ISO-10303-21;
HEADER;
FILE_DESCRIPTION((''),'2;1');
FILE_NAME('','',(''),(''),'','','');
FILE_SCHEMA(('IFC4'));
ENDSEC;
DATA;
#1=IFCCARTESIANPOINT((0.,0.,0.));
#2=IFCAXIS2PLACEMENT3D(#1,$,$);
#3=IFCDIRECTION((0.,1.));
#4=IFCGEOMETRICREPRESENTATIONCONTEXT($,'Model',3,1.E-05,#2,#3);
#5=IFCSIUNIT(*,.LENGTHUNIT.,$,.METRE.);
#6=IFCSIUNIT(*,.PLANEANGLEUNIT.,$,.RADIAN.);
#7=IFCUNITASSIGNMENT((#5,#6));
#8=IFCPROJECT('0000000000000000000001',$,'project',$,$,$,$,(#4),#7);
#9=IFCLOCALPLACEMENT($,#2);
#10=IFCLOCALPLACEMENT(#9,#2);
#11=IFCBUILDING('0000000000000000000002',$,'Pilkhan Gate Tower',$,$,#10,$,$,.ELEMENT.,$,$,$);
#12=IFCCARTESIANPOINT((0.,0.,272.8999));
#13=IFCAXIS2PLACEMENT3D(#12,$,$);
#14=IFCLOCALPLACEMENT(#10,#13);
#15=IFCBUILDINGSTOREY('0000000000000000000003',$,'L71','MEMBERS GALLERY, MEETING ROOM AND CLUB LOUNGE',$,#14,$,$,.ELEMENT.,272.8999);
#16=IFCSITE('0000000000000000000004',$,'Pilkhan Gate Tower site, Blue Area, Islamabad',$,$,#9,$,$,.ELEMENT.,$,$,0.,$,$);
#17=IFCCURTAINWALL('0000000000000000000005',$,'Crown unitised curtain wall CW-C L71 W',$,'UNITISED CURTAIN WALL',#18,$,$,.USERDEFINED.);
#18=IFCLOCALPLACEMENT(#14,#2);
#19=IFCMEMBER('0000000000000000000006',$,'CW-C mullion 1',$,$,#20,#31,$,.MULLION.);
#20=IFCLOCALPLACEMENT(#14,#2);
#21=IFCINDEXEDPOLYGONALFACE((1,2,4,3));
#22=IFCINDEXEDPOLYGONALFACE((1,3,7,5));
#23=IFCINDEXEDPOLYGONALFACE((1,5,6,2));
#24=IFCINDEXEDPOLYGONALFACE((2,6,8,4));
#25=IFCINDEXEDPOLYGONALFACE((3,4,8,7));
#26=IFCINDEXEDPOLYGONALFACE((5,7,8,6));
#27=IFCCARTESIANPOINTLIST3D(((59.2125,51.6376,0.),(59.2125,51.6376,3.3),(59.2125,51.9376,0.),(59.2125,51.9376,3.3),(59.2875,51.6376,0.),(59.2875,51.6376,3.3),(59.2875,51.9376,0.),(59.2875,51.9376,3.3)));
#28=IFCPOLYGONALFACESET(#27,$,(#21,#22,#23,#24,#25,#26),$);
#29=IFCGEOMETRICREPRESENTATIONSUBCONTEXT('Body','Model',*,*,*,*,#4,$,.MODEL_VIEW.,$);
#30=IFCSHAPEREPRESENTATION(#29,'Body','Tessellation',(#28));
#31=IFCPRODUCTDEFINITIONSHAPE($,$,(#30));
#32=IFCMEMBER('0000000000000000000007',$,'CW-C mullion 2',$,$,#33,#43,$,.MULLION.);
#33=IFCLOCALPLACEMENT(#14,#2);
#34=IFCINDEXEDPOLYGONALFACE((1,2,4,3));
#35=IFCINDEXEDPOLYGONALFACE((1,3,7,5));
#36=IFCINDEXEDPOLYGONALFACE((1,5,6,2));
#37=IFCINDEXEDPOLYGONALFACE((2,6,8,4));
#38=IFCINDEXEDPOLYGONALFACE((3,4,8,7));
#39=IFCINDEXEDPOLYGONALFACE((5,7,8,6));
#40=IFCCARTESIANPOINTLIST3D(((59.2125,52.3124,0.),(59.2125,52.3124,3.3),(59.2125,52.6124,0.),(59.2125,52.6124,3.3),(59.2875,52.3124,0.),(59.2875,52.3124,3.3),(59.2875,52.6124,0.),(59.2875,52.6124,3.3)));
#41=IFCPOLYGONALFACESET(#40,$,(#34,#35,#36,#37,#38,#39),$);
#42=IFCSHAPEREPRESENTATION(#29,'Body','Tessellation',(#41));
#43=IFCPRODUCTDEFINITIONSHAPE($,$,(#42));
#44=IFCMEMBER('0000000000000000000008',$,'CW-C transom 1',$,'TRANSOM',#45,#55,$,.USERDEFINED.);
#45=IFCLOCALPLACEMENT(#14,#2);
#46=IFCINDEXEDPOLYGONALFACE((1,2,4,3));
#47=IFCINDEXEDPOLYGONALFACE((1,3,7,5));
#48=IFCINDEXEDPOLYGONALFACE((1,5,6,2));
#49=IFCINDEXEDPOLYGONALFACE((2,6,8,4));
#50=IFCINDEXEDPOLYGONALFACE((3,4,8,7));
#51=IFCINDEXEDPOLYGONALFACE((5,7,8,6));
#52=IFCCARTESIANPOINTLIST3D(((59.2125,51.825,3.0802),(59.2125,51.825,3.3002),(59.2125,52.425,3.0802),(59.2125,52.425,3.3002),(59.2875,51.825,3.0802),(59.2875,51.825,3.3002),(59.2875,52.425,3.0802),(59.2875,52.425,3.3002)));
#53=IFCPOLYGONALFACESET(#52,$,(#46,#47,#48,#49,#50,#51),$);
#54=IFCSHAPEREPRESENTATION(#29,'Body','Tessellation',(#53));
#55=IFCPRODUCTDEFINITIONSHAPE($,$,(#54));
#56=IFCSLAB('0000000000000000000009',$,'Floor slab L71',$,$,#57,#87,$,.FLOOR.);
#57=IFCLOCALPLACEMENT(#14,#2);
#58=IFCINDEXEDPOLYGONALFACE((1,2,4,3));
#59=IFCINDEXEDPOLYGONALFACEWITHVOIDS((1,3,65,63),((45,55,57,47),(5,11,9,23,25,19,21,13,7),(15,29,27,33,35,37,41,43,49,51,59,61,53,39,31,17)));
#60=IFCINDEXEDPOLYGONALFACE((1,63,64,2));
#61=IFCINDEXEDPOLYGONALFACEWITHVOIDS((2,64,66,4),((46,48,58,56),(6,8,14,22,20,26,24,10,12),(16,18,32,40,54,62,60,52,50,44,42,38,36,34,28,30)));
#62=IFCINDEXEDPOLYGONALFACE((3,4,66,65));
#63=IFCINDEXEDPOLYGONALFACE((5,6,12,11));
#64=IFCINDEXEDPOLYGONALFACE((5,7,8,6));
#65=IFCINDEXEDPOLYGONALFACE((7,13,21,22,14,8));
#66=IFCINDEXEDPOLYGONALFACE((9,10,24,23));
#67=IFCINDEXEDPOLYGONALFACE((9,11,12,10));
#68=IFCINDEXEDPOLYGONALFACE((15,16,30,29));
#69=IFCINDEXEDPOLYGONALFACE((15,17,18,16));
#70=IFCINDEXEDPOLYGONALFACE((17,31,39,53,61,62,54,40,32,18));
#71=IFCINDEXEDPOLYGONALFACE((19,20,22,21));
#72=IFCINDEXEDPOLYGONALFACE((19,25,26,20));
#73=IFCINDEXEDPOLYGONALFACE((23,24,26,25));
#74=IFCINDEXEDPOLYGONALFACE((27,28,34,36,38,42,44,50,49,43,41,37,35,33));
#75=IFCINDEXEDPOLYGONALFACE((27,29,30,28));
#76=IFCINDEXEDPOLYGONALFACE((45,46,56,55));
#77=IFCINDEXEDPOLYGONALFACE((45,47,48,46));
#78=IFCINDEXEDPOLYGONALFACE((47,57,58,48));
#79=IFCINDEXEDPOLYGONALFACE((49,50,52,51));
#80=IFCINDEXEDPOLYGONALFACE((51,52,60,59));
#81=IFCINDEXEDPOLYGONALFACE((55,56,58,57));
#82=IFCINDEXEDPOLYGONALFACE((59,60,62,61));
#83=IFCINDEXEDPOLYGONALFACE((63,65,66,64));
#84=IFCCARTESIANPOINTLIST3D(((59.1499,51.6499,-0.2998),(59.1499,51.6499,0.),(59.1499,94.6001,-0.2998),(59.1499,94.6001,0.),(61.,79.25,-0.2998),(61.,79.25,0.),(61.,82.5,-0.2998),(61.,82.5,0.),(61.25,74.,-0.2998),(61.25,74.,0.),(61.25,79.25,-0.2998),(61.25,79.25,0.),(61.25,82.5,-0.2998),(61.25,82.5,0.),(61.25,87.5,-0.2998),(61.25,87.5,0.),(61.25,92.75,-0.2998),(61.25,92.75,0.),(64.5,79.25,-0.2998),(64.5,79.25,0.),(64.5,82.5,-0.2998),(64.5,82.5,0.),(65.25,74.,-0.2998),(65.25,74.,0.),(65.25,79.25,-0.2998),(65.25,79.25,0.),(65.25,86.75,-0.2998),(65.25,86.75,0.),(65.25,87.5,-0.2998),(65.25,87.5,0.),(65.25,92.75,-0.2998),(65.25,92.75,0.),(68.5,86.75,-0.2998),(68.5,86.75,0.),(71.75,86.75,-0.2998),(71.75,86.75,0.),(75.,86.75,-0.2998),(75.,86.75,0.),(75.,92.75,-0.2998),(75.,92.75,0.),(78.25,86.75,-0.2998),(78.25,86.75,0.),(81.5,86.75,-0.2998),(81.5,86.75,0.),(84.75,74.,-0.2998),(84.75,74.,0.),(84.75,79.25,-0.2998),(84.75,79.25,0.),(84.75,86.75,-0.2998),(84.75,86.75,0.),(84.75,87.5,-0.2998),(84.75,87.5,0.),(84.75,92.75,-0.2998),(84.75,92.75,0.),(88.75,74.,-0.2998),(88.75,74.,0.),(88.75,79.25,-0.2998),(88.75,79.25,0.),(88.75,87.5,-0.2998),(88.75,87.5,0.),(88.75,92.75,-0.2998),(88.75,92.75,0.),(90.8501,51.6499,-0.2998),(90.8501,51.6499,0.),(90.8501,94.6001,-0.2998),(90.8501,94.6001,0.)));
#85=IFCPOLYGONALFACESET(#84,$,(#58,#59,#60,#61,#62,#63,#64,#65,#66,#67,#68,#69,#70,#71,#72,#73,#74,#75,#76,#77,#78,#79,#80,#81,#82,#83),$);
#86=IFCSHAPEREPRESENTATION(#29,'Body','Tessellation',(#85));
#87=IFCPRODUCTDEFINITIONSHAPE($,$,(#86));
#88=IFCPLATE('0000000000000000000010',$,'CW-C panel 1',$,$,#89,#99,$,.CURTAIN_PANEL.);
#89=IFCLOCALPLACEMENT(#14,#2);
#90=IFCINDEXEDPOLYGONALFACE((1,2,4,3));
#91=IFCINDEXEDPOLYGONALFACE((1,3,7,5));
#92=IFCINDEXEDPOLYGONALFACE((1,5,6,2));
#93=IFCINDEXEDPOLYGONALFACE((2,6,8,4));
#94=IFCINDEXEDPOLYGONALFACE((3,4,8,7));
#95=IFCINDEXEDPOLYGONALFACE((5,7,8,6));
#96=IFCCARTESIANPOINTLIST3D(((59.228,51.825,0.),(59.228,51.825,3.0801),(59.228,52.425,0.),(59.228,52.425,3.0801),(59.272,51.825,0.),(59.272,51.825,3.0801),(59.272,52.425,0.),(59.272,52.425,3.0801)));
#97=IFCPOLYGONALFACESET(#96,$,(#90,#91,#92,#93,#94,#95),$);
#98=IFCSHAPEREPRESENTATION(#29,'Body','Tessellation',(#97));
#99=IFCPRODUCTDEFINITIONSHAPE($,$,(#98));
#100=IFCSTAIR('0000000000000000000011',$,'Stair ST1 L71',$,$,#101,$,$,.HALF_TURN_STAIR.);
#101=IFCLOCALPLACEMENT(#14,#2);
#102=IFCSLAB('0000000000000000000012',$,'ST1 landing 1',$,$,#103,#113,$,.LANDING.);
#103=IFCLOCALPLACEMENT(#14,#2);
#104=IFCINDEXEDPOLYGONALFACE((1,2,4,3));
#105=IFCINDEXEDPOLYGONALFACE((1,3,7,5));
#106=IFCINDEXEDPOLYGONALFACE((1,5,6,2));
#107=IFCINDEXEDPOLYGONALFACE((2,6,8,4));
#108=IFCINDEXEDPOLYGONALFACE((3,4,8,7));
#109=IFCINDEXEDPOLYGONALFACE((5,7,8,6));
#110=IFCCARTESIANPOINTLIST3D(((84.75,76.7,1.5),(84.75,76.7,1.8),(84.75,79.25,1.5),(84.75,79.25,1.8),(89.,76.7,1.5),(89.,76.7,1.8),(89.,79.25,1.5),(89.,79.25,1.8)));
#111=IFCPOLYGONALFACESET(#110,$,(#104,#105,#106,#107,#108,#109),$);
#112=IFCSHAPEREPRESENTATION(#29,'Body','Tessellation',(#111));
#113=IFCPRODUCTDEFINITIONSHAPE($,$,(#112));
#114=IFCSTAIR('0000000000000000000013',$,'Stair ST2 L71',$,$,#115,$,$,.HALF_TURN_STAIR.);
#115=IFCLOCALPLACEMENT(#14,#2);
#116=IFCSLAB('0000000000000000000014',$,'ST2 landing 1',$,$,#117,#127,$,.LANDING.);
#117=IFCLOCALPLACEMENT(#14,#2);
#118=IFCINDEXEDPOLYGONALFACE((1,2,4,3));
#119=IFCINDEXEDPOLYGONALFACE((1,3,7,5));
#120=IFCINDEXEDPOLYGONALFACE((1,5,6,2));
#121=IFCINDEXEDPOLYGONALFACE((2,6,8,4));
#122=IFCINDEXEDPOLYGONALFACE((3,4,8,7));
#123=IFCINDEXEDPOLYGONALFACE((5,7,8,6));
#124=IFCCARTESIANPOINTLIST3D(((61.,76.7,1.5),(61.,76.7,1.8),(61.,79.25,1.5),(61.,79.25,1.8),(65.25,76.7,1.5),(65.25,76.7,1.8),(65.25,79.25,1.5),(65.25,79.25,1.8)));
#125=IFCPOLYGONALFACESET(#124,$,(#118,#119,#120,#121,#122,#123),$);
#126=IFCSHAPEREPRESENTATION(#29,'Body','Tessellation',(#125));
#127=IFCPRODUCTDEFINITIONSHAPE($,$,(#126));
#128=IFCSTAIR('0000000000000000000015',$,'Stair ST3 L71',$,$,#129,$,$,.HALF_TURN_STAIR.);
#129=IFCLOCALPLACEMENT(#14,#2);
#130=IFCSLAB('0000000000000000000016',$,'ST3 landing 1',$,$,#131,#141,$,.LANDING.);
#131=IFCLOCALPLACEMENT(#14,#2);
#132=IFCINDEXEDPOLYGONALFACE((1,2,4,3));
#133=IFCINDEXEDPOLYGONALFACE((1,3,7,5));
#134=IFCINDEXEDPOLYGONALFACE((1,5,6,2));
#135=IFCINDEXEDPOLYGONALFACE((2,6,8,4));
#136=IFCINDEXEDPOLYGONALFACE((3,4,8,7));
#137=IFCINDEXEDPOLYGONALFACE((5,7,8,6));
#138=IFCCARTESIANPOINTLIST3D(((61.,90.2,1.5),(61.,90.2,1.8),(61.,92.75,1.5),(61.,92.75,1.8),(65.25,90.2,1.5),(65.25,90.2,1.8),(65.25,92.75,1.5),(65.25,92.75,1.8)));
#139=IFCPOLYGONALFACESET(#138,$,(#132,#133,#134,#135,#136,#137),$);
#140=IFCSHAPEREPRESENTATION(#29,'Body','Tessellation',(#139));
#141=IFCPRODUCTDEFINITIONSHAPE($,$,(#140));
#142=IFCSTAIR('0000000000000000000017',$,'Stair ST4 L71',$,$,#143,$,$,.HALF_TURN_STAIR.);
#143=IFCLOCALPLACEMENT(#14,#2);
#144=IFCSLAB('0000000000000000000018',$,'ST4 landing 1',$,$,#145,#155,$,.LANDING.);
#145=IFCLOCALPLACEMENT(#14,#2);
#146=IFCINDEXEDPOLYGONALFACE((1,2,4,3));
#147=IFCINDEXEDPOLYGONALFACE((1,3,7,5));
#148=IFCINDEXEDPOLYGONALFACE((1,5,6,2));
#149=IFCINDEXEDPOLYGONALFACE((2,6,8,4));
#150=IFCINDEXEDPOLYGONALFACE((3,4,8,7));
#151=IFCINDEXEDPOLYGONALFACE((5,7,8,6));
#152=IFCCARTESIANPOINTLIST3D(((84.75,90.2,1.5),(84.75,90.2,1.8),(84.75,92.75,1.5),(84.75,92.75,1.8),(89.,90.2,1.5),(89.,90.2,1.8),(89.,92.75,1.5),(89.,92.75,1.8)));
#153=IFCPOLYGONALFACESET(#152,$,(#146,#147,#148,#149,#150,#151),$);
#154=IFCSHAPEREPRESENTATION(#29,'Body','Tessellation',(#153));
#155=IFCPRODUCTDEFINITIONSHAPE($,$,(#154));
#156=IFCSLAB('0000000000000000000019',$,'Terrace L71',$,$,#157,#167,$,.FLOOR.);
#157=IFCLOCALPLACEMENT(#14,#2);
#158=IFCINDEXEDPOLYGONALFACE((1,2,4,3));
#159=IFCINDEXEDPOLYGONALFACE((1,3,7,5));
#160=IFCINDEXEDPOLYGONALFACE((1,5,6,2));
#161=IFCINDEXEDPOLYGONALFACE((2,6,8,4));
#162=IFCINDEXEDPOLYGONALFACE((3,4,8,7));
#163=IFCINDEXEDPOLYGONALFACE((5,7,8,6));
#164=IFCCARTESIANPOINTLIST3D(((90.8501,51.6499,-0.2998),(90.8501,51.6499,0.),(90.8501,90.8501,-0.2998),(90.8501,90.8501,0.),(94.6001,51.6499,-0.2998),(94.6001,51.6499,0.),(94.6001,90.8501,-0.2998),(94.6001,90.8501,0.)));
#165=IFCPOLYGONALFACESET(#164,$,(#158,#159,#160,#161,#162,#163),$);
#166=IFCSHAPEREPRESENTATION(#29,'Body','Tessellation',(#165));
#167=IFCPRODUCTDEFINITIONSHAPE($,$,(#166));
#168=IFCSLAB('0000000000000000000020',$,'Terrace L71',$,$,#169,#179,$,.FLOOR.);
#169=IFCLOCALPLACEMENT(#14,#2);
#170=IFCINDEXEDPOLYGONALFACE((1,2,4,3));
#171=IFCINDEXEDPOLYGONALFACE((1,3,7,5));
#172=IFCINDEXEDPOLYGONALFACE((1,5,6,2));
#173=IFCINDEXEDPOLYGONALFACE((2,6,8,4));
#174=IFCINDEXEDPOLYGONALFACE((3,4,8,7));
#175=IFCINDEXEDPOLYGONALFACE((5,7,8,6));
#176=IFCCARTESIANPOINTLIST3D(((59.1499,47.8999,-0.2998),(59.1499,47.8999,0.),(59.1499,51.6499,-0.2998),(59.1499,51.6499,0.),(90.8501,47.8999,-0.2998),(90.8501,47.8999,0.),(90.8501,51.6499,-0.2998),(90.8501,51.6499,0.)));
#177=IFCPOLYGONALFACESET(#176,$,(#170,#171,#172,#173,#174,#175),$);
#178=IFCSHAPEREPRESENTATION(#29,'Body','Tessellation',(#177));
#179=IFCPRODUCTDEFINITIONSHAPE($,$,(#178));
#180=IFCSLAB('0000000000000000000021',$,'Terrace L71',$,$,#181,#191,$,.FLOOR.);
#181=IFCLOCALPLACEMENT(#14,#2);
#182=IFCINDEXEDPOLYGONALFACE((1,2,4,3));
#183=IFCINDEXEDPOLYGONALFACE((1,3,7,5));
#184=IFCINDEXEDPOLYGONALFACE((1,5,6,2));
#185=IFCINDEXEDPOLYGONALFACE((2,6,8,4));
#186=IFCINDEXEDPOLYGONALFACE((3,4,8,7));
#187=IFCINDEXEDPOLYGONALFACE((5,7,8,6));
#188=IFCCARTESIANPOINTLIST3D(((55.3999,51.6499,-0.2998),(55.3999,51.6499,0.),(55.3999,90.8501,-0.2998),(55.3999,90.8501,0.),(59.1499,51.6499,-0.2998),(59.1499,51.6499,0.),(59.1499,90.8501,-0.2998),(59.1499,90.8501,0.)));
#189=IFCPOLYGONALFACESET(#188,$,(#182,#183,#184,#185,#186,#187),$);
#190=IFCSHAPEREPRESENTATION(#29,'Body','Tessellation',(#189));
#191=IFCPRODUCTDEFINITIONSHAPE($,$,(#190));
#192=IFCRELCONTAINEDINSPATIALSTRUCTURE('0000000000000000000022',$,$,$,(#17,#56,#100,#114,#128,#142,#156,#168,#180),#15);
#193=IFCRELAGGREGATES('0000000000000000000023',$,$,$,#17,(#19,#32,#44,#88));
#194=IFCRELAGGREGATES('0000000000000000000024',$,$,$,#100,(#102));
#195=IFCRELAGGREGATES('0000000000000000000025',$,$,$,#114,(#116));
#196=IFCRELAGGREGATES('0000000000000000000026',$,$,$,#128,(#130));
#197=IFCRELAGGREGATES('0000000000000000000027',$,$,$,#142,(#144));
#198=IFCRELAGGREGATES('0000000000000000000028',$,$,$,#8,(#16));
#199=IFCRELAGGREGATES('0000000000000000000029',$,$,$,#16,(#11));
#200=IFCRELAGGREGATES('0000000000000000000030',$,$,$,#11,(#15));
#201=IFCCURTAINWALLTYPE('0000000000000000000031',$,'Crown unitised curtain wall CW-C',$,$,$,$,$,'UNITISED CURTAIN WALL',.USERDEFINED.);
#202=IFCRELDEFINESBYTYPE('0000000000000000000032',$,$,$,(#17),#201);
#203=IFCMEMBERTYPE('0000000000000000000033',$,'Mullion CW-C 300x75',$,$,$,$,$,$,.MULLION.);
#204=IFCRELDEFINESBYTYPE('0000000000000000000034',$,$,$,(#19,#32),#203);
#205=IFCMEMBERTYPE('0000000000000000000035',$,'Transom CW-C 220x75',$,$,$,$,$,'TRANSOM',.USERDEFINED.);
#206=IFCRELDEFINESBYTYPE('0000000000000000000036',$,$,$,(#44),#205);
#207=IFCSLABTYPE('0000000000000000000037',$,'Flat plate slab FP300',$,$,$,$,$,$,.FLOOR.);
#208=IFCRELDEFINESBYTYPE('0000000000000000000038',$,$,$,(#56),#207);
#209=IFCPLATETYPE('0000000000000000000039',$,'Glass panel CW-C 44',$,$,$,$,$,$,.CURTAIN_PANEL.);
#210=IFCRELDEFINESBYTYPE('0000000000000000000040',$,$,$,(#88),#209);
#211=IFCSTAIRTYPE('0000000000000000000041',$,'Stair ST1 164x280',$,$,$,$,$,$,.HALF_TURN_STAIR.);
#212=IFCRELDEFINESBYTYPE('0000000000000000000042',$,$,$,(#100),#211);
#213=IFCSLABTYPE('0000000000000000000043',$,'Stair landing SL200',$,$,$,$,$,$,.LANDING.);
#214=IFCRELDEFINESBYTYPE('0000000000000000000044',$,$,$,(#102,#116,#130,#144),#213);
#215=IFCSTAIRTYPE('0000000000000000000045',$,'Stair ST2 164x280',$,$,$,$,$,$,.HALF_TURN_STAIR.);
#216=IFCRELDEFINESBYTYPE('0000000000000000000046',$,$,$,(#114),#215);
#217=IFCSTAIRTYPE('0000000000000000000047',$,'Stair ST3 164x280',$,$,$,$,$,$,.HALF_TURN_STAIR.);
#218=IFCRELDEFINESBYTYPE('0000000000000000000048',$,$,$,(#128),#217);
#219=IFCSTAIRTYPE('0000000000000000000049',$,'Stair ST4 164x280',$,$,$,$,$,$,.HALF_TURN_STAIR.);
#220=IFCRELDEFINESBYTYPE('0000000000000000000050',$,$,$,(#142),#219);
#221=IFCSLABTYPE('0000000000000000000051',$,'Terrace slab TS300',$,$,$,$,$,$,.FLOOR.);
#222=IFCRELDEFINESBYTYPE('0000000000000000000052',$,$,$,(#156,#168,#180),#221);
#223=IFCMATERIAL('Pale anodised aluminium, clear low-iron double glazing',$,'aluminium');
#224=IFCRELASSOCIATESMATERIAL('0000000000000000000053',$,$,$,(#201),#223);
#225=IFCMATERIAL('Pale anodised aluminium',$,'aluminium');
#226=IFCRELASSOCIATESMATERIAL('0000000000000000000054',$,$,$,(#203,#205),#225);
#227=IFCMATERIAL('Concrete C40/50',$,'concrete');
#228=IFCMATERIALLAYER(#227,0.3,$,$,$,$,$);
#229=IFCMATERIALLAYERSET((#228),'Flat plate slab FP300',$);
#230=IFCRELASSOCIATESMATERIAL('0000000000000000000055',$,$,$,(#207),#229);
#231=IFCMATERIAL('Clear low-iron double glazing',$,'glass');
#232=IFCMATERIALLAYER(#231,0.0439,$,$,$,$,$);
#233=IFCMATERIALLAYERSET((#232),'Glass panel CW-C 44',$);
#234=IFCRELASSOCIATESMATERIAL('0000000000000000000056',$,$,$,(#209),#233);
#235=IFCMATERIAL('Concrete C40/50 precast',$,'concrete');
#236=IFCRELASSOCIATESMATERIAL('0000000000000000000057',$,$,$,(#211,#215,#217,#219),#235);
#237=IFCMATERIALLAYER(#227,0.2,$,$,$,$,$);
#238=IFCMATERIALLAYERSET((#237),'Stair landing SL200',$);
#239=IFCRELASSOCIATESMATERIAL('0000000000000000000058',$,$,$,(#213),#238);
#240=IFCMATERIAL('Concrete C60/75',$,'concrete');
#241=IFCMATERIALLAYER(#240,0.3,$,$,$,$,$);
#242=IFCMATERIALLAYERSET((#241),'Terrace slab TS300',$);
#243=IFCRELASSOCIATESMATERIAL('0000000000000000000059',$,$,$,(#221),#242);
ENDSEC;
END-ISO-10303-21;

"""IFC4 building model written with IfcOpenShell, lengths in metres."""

from ifc_helpers import new_model, si_unit, direction, frame, origin, origin_2d, place, context, subcontext, project, spatial, polyline, rectangle, outline, extrude, material, layer, layer_set, material_profile, profile_set, type_object, element, aggregate, save


model = new_model("IFC4")

# Units and contexts
model_context = context("Model", 3, precision=1e-05, world=origin(), true_north=direction((0.0, 1.0)))
body_context = subcontext(model_context, "Body", "Model", "MODEL_VIEW")
ifc_project = project(units=[si_unit("LENGTHUNIT", "METRE"), si_unit("PLANEANGLEUNIT", "RADIAN")], contexts=[model_context])

# Site, building, storey
site_placement = place(None, origin())
site = spatial("IfcSite", under=ifc_project, at=site_placement, Name="Pilkhan Gate Tower site, Blue Area, Islamabad", CompositionType="ELEMENT", RefElevation=0.0)
building_placement = place(site_placement, origin())
building = spatial("IfcBuilding", under=site, at=building_placement, Name="Pilkhan Gate Tower", CompositionType="ELEMENT")
storey_placement = place(building_placement, frame((0.0, 0.0, 272.8999)))
storey = spatial("IfcBuildingStorey", under=building, at=storey_placement, Name="L71", Description="MEMBERS GALLERY, MEETING ROOM AND CLUB LOUNGE", CompositionType="ELEMENT", Elevation=272.8999)

# Curtain wall, members
ifc_material_1 = material(Name="Pale anodised aluminium, clear low-iron double glazing", Category="aluminium")
curtain_wall_type = type_object("IfcCurtainWallType", Name="Crown unitised curtain wall CW-C", ElementType="UNITISED CURTAIN WALL", PredefinedType="USERDEFINED", material=ifc_material_1)
curtain_wall_placement = place(storey_placement, origin())
curtain_wall = element("IfcCurtainWall", 1, at=curtain_wall_placement, inside=storey, type_object=curtain_wall_type, Name="Crown unitised curtain wall CW-C L71 W", ObjectType="UNITISED CURTAIN WALL", PredefinedType="USERDEFINED")
ifc_material_2 = material(Name="Pale anodised aluminium", Category="aluminium")
ifc_material_profile_1 = material_profile(ifc_material_2, rectangle(XDim=0.075, YDim=0.3, at=origin_2d()), Name="Mullion 300x75")
ifc_profile_set_1 = profile_set([ifc_material_profile_1], Name="Pale anodised aluminium")
member_type_1 = type_object("IfcMemberType", Name="Mullion CW-C 300x75", PredefinedType="MULLION", material=ifc_profile_set_1)
member_1_placement = place(storey_placement, frame((59.25, 51.7876, 0.0), z_axis=(0.0, 0.0, 1.0), x_axis=(-1.0, 0.0, 0.0)))
member_1 = element("IfcMember", 2, at=member_1_placement, type_object=member_type_1, Name="CW-C mullion 1", PredefinedType="MULLION", context=body_context, shape_type="SweptSolid", body=[
    extrude(rectangle(XDim=0.075, YDim=0.3, at=origin_2d()), origin(), (0.0, 0.0, 1.0), 3.3),
])
member_2_placement = place(storey_placement, frame((59.25, 52.4624, 0.0), z_axis=(0.0, 0.0, 1.0), x_axis=(-1.0, 0.0, 0.0)))
member_2 = element("IfcMember", 3, at=member_2_placement, type_object=member_type_1, Name="CW-C mullion 2", PredefinedType="MULLION", context=body_context, shape_type="SweptSolid", body=[
    extrude(rectangle(XDim=0.075, YDim=0.3, at=origin_2d()), origin(), (0.0, 0.0, 1.0), 3.3),
])
ifc_material_profile_2 = material_profile(ifc_material_2, rectangle(XDim=0.075, YDim=0.22, at=origin_2d()), Name="Transom 220x75")
ifc_profile_set_2 = profile_set([ifc_material_profile_2], Name="Pale anodised aluminium")
member_type_2 = type_object("IfcMemberType", Name="Transom CW-C 220x75", ElementType="TRANSOM", PredefinedType="USERDEFINED", material=ifc_profile_set_2)
member_3_placement = place(storey_placement, frame((59.25, 51.825, 3.1902), z_axis=(0.0, 1.0, 0.0), x_axis=(-1.0, 0.0, 0.0)))
member_3 = element("IfcMember", 4, at=member_3_placement, type_object=member_type_2, Name="CW-C transom 1", ObjectType="TRANSOM", PredefinedType="USERDEFINED", context=body_context, shape_type="SweptSolid", body=[
    extrude(rectangle(XDim=0.075, YDim=0.22, at=origin_2d()), origin(), (0.0, 0.0, 1.0), 0.6001),
])

# Slab
ifc_material_3 = material(Name="Concrete C40/50", Category="concrete")
ifc_layer_1 = layer(ifc_material_3, 0.3)
ifc_layer_set_1 = layer_set([ifc_layer_1], Name="Flat plate slab FP300")
slab_type_1 = type_object("IfcSlabType", Name="Flat plate slab FP300", PredefinedType="FLOOR", material=ifc_layer_set_1)
slab_1_placement = place(storey_placement, frame((0.0, 0.0, -0.2998)))
element("IfcSlab", 5, at=slab_1_placement, inside=storey, type_object=slab_type_1, Name="Floor slab L71", PredefinedType="FLOOR", context=body_context, shape_type="SweptSolid", body=[
    extrude(outline(polyline([(59.1499, 94.6001), (90.8501, 94.6001), (90.8501, 51.6499), (59.1499, 51.6499), (59.1499, 94.6001)]), holes=[polyline([(78.25, 86.75), (81.5, 86.75), (84.75, 86.75), (84.75, 87.5), (88.75, 87.5), (88.75, 92.75), (84.75, 92.75), (75.0, 92.75), (65.25, 92.75), (61.25, 92.75), (61.25, 87.5), (65.25, 87.5), (65.25, 86.75), (68.5, 86.75), (71.75, 86.75), (75.0, 86.75), (78.25, 86.75)]), polyline([(84.75, 79.25), (84.75, 74.0), (88.75, 74.0), (88.75, 79.25), (84.75, 79.25)]), polyline([(65.25, 79.25), (64.5, 79.25), (64.5, 82.5), (61.25, 82.5), (61.0, 82.5), (61.0, 79.25), (61.25, 79.25), (61.25, 74.0), (65.25, 74.0), (65.25, 79.25)])]), origin(), (0.0, 0.0, 1.0), 0.2998),
])

# Plate
ifc_material_4 = material(Name="Clear low-iron double glazing", Category="glass")
ifc_layer_2 = layer(ifc_material_4, 0.0439)
ifc_layer_set_2 = layer_set([ifc_layer_2], Name="Glass panel CW-C 44")
plate_type = type_object("IfcPlateType", Name="Glass panel CW-C 44", PredefinedType="CURTAIN_PANEL", material=ifc_layer_set_2)
plate_placement = place(storey_placement, frame((59.25, 52.125, 0.0), z_axis=(0.0, 0.0, 1.0), x_axis=(0.0, 1.0, 0.0)))
plate = element("IfcPlate", 6, at=plate_placement, type_object=plate_type, Name="CW-C panel 1", PredefinedType="CURTAIN_PANEL", context=body_context, shape_type="SweptSolid", body=[
    extrude(rectangle(XDim=0.6001, YDim=0.0439, at=origin_2d()), origin(), (0.0, 0.0, 1.0), 3.0801),
])
aggregate(curtain_wall, [member_1, member_2, member_3, plate])

# Stairs, slabs
ifc_material_5 = material(Name="Concrete C40/50 precast", Category="concrete")
stair_type_1 = type_object("IfcStairType", Name="Stair ST1 164x280", PredefinedType="HALF_TURN_STAIR", material=ifc_material_5)
stair_1_placement = place(storey_placement, origin())
stair_1 = element("IfcStair", 7, at=stair_1_placement, inside=storey, type_object=stair_type_1, Name="Stair ST1 L71", PredefinedType="HALF_TURN_STAIR")
ifc_layer_3 = layer(ifc_material_3, 0.2)
ifc_layer_set_3 = layer_set([ifc_layer_3], Name="Stair landing SL200")
slab_type_2 = type_object("IfcSlabType", Name="Stair landing SL200", PredefinedType="LANDING", material=ifc_layer_set_3)
slab_2_placement = place(storey_placement, frame((0.0, 0.0, 1.5)))
slab_2 = element("IfcSlab", 8, at=slab_2_placement, type_object=slab_type_2, Name="ST1 landing 1", PredefinedType="LANDING", context=body_context, shape_type="SweptSolid", body=[
    extrude(outline(polyline([(89.0, 76.7), (89.0, 79.25), (84.75, 79.25), (84.75, 76.7), (89.0, 76.7)])), origin(), (0.0, 0.0, 1.0), 0.3),
])
aggregate(stair_1, [slab_2])
stair_type_2 = type_object("IfcStairType", Name="Stair ST2 164x280", PredefinedType="HALF_TURN_STAIR", material=ifc_material_5)
stair_2_placement = place(storey_placement, origin())
stair_2 = element("IfcStair", 9, at=stair_2_placement, inside=storey, type_object=stair_type_2, Name="Stair ST2 L71", PredefinedType="HALF_TURN_STAIR")
slab_3_placement = place(storey_placement, frame((0.0, 0.0, 1.5)))
slab_3 = element("IfcSlab", 10, at=slab_3_placement, type_object=slab_type_2, Name="ST2 landing 1", PredefinedType="LANDING", context=body_context, shape_type="SweptSolid", body=[
    extrude(outline(polyline([(65.25, 76.7), (65.25, 79.25), (61.0, 79.25), (61.0, 76.7), (65.25, 76.7)])), origin(), (0.0, 0.0, 1.0), 0.3),
])
aggregate(stair_2, [slab_3])
stair_type_3 = type_object("IfcStairType", Name="Stair ST3 164x280", PredefinedType="HALF_TURN_STAIR", material=ifc_material_5)
stair_3_placement = place(storey_placement, origin())
stair_3 = element("IfcStair", 11, at=stair_3_placement, inside=storey, type_object=stair_type_3, Name="Stair ST3 L71", PredefinedType="HALF_TURN_STAIR")
slab_4_placement = place(storey_placement, frame((0.0, 0.0, 1.5)))
slab_4 = element("IfcSlab", 12, at=slab_4_placement, type_object=slab_type_2, Name="ST3 landing 1", PredefinedType="LANDING", context=body_context, shape_type="SweptSolid", body=[
    extrude(outline(polyline([(65.25, 90.2), (65.25, 92.75), (61.0, 92.75), (61.0, 90.2), (65.25, 90.2)])), origin(), (0.0, 0.0, 1.0), 0.3),
])
aggregate(stair_3, [slab_4])
stair_type_4 = type_object("IfcStairType", Name="Stair ST4 164x280", PredefinedType="HALF_TURN_STAIR", material=ifc_material_5)
stair_4_placement = place(storey_placement, origin())
stair_4 = element("IfcStair", 13, at=stair_4_placement, inside=storey, type_object=stair_type_4, Name="Stair ST4 L71", PredefinedType="HALF_TURN_STAIR")
slab_5_placement = place(storey_placement, frame((0.0, 0.0, 1.5)))
slab_5 = element("IfcSlab", 14, at=slab_5_placement, type_object=slab_type_2, Name="ST4 landing 1", PredefinedType="LANDING", context=body_context, shape_type="SweptSolid", body=[
    extrude(outline(polyline([(89.0, 90.2), (89.0, 92.75), (84.75, 92.75), (84.75, 90.2), (89.0, 90.2)])), origin(), (0.0, 0.0, 1.0), 0.3),
])
aggregate(stair_4, [slab_5])

# Slabs
ifc_material_6 = material(Name="Concrete C60/75", Category="concrete")
ifc_layer_4 = layer(ifc_material_6, 0.3)
ifc_layer_set_4 = layer_set([ifc_layer_4], Name="Terrace slab TS300")
slab_type_3 = type_object("IfcSlabType", Name="Terrace slab TS300", PredefinedType="FLOOR", material=ifc_layer_set_4)
slab_6_placement = place(storey_placement, frame((0.0, 0.0, -0.2998)))
element("IfcSlab", 15, at=slab_6_placement, inside=storey, type_object=slab_type_3, Name="Terrace L71", PredefinedType="FLOOR", context=body_context, shape_type="SweptSolid", body=[
    extrude(outline(polyline([(90.8501, 90.8501), (94.6001, 90.8501), (94.6001, 51.6499), (90.8501, 51.6499), (90.8501, 90.8501)])), origin(), (0.0, 0.0, 1.0), 0.2998),
])
slab_7_placement = place(storey_placement, frame((0.0, 0.0, -0.2998)))
element("IfcSlab", 16, at=slab_7_placement, inside=storey, type_object=slab_type_3, Name="Terrace L71", PredefinedType="FLOOR", context=body_context, shape_type="SweptSolid", body=[
    extrude(outline(polyline([(59.1499, 47.8999), (59.1499, 51.6499), (90.8501, 51.6499), (90.8501, 47.8999), (59.1499, 47.8999)])), origin(), (0.0, 0.0, 1.0), 0.2998),
])
slab_8_placement = place(storey_placement, frame((0.0, 0.0, -0.2998)))
element("IfcSlab", 17, at=slab_8_placement, inside=storey, type_object=slab_type_3, Name="Terrace L71", PredefinedType="FLOOR", context=body_context, shape_type="SweptSolid", body=[
    extrude(outline(polyline([(55.3999, 90.8501), (59.1499, 90.8501), (59.1499, 51.6499), (55.3999, 51.6499), (55.3999, 90.8501)])), origin(), (0.0, 0.0, 1.0), 0.2998),
])

save(model, "model.ifc")
